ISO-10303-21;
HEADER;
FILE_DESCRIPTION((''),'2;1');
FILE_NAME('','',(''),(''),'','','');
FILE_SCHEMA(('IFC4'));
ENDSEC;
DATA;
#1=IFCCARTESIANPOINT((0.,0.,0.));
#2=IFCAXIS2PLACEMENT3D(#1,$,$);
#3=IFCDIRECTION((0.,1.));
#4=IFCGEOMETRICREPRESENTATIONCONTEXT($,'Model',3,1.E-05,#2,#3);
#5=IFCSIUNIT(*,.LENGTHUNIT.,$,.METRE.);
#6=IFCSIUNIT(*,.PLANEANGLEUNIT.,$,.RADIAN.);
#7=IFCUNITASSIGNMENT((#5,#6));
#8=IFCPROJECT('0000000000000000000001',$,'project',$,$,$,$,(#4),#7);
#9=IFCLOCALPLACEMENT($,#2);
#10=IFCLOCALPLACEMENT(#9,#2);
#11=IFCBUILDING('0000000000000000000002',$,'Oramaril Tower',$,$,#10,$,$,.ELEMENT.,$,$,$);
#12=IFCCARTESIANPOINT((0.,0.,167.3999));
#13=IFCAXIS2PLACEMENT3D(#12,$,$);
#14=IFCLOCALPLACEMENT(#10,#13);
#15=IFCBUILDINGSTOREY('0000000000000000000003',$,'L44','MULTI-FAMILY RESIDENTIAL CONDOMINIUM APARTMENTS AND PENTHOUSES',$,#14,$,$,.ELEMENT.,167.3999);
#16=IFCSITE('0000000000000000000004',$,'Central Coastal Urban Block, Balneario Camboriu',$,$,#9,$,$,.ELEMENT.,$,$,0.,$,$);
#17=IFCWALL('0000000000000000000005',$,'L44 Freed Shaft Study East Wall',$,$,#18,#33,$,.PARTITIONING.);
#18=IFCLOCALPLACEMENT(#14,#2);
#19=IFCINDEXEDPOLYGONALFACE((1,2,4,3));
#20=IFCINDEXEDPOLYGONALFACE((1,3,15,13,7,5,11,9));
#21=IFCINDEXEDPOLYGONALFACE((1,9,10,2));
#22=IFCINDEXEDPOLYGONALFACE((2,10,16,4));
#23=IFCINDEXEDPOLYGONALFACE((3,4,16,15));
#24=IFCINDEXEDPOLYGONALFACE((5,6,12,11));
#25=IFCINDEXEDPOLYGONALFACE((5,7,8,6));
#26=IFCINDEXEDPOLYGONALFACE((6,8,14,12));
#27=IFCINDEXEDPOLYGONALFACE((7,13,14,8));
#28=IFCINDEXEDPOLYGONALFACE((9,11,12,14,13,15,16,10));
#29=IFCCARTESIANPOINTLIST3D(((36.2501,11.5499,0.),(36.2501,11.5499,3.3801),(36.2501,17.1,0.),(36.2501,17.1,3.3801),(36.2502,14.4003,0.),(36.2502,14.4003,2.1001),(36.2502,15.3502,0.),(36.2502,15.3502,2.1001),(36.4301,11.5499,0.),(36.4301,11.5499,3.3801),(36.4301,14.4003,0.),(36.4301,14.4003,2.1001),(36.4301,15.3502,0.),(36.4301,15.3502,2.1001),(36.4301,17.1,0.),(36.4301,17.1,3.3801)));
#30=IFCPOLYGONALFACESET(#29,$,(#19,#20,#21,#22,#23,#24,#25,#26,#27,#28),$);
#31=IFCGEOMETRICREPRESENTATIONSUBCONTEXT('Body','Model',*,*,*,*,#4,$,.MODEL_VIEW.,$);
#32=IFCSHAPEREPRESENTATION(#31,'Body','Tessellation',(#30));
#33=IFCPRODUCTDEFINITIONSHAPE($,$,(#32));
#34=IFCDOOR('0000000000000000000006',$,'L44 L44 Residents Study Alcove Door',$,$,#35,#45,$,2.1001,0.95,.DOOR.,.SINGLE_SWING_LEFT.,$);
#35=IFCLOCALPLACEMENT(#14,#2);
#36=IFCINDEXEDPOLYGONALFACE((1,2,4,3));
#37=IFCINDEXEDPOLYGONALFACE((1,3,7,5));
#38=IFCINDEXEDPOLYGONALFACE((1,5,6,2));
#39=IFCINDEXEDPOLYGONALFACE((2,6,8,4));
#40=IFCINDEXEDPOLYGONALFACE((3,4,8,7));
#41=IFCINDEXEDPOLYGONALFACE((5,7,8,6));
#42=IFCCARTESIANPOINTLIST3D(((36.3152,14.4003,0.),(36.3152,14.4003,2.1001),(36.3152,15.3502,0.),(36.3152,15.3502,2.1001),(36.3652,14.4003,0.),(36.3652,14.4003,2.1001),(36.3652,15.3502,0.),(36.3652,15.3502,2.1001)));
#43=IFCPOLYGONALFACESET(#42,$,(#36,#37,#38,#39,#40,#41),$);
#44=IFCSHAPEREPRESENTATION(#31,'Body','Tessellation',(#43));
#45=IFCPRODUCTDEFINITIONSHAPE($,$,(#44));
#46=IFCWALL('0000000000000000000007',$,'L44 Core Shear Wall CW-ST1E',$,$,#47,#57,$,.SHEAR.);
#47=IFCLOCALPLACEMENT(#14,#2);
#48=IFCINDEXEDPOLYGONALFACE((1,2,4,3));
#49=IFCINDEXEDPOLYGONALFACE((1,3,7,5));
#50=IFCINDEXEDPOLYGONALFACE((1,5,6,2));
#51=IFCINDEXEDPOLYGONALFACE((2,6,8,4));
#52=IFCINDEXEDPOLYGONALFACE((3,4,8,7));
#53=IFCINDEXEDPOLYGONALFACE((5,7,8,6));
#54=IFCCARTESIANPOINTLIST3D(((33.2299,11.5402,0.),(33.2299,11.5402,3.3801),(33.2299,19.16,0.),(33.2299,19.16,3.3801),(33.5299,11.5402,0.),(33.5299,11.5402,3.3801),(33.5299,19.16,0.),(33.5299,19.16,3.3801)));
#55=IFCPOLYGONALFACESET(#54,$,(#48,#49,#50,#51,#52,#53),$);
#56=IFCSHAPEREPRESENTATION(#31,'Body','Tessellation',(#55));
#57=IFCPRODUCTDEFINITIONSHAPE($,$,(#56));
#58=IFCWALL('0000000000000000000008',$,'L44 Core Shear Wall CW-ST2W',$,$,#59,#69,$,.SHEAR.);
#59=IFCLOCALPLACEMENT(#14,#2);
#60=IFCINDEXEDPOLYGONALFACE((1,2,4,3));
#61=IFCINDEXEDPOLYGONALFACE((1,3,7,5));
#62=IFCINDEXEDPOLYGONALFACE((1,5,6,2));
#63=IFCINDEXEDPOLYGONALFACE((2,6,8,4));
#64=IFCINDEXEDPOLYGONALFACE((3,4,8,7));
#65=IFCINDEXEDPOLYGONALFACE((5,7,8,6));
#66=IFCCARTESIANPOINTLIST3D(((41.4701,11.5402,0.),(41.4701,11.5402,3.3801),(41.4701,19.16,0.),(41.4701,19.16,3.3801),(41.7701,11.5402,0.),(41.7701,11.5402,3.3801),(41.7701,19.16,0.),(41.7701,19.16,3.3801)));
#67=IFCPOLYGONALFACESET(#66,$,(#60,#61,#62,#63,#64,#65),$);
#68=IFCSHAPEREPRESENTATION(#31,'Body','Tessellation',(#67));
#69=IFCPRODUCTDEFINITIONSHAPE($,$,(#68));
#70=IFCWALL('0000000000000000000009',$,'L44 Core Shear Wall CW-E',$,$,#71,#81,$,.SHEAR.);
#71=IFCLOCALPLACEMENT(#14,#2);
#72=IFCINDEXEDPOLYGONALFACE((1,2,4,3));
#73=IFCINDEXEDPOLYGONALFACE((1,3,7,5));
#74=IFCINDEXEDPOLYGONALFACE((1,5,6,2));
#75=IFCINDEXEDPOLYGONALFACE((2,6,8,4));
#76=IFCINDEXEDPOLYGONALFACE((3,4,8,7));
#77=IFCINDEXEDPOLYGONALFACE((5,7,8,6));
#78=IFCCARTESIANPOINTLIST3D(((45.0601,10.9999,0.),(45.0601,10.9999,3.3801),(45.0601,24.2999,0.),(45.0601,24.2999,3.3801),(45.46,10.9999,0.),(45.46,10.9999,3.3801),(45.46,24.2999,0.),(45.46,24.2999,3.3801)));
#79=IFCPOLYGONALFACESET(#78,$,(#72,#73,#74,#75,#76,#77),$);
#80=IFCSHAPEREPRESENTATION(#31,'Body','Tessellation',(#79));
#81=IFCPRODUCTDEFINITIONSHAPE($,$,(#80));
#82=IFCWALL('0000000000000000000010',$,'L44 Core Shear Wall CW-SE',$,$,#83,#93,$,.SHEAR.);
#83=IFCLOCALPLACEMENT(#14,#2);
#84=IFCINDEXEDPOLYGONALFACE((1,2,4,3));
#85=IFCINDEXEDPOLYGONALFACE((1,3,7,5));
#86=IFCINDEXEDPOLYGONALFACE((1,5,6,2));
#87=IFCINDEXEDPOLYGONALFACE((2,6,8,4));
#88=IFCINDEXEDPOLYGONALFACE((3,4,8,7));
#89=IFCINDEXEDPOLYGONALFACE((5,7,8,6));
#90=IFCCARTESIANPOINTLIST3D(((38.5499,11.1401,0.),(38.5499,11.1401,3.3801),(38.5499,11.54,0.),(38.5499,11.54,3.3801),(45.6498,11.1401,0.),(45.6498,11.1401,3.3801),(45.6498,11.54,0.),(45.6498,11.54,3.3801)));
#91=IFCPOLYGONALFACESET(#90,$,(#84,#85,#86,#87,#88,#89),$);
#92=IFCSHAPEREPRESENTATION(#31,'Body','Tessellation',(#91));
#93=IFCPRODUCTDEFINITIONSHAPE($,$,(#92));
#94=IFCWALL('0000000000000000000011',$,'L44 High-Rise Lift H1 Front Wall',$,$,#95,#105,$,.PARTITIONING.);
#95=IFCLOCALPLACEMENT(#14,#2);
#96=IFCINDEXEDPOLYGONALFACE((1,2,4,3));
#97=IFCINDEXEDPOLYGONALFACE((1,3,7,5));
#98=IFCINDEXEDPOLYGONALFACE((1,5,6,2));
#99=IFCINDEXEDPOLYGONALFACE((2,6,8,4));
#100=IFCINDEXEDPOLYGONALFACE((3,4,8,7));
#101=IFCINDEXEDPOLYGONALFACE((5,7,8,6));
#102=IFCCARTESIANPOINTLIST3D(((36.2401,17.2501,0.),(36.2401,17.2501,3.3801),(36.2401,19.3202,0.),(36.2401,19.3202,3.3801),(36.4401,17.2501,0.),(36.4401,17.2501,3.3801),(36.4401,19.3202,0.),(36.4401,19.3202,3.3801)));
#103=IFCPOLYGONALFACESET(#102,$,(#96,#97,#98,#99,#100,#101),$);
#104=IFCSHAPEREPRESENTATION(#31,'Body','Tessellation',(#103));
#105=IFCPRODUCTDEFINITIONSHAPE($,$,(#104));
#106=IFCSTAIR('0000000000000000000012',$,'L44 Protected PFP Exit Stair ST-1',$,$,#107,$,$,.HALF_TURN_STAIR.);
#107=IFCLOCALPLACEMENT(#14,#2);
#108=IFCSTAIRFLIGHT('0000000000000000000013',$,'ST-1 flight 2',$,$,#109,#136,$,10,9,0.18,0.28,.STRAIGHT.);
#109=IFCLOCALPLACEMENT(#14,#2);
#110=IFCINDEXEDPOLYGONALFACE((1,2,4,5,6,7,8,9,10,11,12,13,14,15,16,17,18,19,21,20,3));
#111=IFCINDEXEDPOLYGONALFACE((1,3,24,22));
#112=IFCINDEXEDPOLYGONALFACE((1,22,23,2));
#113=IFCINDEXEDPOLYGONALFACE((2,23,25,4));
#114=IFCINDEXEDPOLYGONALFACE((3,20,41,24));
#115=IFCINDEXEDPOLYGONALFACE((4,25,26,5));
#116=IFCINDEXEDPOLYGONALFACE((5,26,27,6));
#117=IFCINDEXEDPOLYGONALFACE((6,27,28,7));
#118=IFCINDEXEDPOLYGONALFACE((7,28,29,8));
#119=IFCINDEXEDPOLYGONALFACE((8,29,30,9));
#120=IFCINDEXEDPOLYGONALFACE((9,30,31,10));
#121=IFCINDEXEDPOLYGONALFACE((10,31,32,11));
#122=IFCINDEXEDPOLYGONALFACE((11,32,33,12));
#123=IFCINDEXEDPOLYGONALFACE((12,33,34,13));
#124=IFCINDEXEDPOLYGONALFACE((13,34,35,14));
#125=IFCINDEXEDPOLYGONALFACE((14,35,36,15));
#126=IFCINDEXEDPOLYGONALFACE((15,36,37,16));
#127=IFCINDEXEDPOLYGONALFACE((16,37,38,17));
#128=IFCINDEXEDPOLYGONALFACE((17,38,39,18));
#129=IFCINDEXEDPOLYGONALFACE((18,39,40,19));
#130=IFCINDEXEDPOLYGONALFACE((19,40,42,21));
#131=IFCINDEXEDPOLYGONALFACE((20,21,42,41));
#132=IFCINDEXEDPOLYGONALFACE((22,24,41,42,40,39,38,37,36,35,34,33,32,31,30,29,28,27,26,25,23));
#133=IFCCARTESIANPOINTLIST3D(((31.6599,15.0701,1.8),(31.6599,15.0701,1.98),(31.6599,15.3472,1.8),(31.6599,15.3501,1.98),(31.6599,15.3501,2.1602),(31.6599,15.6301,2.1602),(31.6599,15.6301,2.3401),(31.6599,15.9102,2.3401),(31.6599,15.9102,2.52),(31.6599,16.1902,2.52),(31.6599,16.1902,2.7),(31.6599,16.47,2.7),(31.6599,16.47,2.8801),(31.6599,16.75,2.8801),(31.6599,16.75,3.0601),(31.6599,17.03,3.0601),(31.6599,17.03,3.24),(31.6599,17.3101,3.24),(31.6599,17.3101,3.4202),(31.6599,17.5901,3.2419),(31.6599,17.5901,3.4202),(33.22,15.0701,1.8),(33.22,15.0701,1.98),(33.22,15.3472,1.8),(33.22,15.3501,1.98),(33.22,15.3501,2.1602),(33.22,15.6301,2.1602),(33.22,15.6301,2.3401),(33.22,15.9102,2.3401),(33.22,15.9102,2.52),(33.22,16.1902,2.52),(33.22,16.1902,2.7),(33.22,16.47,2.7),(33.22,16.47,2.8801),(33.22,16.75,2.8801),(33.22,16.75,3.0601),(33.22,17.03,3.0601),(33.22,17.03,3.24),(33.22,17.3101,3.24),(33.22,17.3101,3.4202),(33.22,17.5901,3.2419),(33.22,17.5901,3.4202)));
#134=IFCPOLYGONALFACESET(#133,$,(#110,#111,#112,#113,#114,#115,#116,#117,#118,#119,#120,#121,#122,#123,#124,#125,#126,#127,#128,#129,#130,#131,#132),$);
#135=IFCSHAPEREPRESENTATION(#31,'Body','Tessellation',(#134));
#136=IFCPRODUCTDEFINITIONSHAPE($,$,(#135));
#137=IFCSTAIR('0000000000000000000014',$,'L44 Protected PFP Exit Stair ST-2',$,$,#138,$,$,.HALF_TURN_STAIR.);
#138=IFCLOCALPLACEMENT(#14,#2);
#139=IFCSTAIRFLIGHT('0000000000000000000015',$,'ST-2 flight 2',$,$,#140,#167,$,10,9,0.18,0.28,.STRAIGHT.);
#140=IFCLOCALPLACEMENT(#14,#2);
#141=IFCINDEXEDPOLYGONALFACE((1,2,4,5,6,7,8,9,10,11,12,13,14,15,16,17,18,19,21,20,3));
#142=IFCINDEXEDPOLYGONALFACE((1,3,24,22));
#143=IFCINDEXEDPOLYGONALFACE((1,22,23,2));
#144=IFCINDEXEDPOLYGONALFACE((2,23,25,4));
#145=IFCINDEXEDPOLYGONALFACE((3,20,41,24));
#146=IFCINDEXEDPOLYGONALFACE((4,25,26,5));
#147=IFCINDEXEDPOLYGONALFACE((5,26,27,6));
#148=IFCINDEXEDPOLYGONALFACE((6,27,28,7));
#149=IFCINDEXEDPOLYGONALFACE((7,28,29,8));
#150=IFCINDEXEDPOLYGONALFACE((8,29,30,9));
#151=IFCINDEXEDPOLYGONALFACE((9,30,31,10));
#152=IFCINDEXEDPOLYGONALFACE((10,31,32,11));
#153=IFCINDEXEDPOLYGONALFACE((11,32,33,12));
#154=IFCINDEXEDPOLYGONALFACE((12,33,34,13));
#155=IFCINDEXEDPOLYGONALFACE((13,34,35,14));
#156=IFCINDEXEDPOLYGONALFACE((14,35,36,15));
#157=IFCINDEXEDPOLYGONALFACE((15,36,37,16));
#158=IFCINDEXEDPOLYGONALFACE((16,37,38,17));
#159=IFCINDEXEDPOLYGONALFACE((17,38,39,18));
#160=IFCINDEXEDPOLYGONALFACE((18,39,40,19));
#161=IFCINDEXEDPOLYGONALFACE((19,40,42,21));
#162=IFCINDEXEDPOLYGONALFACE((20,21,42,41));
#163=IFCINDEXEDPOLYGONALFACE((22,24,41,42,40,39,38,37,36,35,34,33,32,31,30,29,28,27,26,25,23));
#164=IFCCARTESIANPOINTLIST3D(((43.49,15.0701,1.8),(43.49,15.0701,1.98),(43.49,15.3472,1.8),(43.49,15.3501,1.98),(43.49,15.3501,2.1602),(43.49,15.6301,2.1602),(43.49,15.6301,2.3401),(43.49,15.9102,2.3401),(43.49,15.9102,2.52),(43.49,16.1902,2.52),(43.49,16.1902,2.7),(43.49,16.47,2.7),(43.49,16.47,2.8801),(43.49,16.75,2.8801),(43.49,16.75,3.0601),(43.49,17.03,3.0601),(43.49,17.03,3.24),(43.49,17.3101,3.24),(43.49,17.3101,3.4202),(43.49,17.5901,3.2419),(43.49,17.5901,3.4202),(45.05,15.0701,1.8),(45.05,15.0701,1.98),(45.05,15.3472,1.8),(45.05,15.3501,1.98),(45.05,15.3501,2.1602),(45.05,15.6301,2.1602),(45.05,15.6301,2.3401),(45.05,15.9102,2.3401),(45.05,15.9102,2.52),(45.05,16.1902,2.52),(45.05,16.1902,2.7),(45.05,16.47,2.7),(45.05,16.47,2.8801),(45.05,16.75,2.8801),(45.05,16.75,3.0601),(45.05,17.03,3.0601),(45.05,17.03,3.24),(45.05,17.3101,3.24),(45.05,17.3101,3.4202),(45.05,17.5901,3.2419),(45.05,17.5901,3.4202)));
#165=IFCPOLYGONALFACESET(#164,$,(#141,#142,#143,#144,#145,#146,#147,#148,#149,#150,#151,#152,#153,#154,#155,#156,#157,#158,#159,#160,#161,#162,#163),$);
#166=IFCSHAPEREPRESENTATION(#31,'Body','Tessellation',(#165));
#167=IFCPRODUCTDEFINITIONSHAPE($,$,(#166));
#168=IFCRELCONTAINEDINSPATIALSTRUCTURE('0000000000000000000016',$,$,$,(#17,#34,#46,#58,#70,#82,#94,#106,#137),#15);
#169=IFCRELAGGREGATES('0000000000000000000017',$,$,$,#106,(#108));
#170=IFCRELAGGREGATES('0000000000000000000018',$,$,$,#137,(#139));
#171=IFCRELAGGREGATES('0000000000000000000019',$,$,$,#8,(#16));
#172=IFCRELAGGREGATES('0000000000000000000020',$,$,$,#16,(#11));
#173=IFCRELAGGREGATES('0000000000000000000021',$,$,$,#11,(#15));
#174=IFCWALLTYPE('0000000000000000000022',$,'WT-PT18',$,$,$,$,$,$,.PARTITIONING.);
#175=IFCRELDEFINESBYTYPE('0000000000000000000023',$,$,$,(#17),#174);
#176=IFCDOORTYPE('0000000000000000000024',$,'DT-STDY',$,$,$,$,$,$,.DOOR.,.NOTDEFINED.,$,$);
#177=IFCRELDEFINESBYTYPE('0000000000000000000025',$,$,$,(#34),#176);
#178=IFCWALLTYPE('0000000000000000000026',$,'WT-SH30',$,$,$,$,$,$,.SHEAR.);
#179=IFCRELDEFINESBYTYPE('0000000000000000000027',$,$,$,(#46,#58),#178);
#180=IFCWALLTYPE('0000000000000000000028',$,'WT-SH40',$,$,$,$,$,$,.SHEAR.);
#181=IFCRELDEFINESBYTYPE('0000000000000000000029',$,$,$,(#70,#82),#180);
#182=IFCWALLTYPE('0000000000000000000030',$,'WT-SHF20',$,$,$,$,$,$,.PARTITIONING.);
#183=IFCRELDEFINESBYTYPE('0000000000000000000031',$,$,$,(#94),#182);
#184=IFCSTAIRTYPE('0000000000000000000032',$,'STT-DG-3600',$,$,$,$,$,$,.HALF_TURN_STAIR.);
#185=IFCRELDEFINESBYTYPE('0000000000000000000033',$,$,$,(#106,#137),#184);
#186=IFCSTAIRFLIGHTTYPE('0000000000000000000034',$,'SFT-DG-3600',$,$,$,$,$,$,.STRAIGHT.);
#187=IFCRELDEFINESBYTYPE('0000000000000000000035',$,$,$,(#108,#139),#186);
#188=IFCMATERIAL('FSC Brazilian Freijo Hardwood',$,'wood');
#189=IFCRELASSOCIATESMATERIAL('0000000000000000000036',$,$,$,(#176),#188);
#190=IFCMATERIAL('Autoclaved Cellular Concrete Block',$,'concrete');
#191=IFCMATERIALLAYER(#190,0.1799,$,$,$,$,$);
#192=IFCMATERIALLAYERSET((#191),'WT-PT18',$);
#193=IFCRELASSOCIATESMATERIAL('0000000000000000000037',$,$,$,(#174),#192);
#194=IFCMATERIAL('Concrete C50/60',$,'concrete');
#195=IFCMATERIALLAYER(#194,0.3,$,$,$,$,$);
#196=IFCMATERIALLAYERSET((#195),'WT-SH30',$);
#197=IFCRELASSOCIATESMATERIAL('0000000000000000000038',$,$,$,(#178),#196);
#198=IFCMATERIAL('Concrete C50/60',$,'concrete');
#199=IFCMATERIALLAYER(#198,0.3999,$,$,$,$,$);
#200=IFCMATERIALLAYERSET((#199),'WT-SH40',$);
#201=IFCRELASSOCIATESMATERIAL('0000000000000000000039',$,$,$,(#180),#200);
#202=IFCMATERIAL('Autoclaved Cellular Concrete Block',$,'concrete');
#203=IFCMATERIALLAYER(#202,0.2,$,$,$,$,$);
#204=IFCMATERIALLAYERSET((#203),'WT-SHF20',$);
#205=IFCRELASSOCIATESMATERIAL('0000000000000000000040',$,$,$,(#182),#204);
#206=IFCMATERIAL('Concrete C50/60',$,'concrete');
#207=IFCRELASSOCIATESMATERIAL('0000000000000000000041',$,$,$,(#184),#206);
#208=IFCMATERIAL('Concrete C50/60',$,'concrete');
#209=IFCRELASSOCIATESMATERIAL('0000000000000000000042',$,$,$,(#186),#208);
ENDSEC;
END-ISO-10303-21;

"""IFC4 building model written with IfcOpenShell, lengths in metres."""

from ifc_helpers import new_model, si_unit, direction, frame, frame_2d, origin, place, context, subcontext, project, spatial, polyline, rectangle, outline, extrude, material, layer, layer_set, type_object, element, fill, aggregate, save


model = new_model("IFC4")

# Units and contexts
model_context = context("Model", 3, precision=1e-05, world=origin(), true_north=direction((0.0, 1.0)))
body_context = subcontext(model_context, "Body", "Model", "MODEL_VIEW")
ifc_project = project(units=[si_unit("LENGTHUNIT", "METRE"), si_unit("PLANEANGLEUNIT", "RADIAN")], contexts=[model_context])

# Site, building, storey
site_placement = place(None, origin())
site = spatial("IfcSite", under=ifc_project, at=site_placement, Name="Central Coastal Urban Block, Balneario Camboriu", CompositionType="ELEMENT", RefElevation=0.0)
building_placement = place(site_placement, origin())
building = spatial("IfcBuilding", under=site, at=building_placement, Name="Oramaril Tower", CompositionType="ELEMENT")
storey_placement = place(building_placement, frame((0.0, 0.0, 167.3999)))
storey = spatial("IfcBuildingStorey", under=building, at=storey_placement, Name="L44", Description="MULTI-FAMILY RESIDENTIAL CONDOMINIUM APARTMENTS AND PENTHOUSES", CompositionType="ELEMENT", Elevation=167.3999)

# Shared definitions
ifc_material_1 = material(Name="FSC Brazilian Freijo Hardwood", Category="wood")
door_type_1 = type_object("IfcDoorType", Name="DT-STDY", OperationType="NOTDEFINED", PredefinedType="DOOR", material=ifc_material_1)

# Shared definitions
ifc_material_2 = material(Name="Autoclaved Cellular Concrete Block", Category="concrete")
ifc_layer_1 = layer(ifc_material_2, 0.1799)
ifc_layer_set_1 = layer_set([ifc_layer_1], Name="WT-PT18")
wall_type_1 = type_object("IfcWallType", Name="WT-PT18", PredefinedType="PARTITIONING", material=ifc_layer_set_1)

# Wall, opening, door
wall_1_placement = place(storey_placement, frame((36.3401, 11.55, 0.0), z_axis=(0.0, 0.0, 1.0), x_axis=(0.0, 1.0, 0.0)))
wall_1 = element("IfcWall", 1, at=wall_1_placement, inside=storey, type_object=wall_type_1, Name="L44 Freed Shaft Study East Wall", PredefinedType="PARTITIONING", context=body_context, shape_type="SweptSolid", body=[
    extrude(rectangle(XDim=5.55, YDim=0.1799, at=frame_2d((2.7749, 0.0))), origin(), (0.0, 0.0, 1.0), 3.3801),
])
opening_1_placement = place(wall_1_placement, frame((2.8501, 0.0, 0.0)))
opening_1 = element("IfcOpeningElement", 2, at=opening_1_placement, cuts=wall_1, PredefinedType="OPENING", context=body_context, shape_type="SweptSolid", body=[
    extrude(rectangle(XDim=0.95, YDim=2.1001, at=frame_2d((0.4751, 1.05))), frame((0.0, 0.0898, 0.0), z_axis=(0.0, -1.0, 0.0), x_axis=(1.0, 0.0, 0.0)), (0.0, 0.0, 1.0), 0.1799),
])
door_1_placement = place(opening_1_placement, origin())
door_1 = element("IfcDoor", 3, at=door_1_placement, inside=storey, type_object=door_type_1, Name="L44 L44 Residents Study Alcove Door", OperationType="SINGLE_SWING_LEFT", OverallHeight=2.1001, OverallWidth=0.95, PredefinedType="DOOR", context=body_context, shape_type="SweptSolid", body=[
    extrude(rectangle(XDim=0.95, YDim=2.1001, at=frame_2d((0.4751, 1.05))), frame((0.0, 0.0249, 0.0), z_axis=(0.0, -1.0, 0.0), x_axis=(1.0, 0.0, 0.0)), (0.0, 0.0, 1.0), 0.05),
])
fill(opening_1, door_1)

# Walls
ifc_material_3 = material(Name="Concrete C50/60", Category="concrete")
ifc_layer_2 = layer(ifc_material_3, 0.3)
ifc_layer_set_2 = layer_set([ifc_layer_2], Name="WT-SH30")
wall_type_2 = type_object("IfcWallType", Name="WT-SH30", PredefinedType="SHEAR", material=ifc_layer_set_2)
for number, where, z_axis, x_axis, name in (
    (4, (33.3799, 11.54, 0.0), (0.0, 0.0, 1.0), (0.0, 1.0, 0.0), "L44 Core Shear Wall CW-ST1E"),
    (5, (41.6201, 11.54, 0.0), (0.0, 0.0, 1.0), (0.0, 1.0, 0.0), "L44 Core Shear Wall CW-ST2W"),
):
    element("IfcWall", number, at=place(storey_placement, frame(where, z_axis=z_axis, x_axis=x_axis)), inside=storey, type_object=wall_type_2, Name=name, PredefinedType="SHEAR", context=body_context, shape_type="SweptSolid", body=[
        extrude(rectangle(XDim=7.6199, YDim=0.3, at=frame_2d((3.8101, 0.0))), origin(), (0.0, 0.0, 1.0), 3.3801),
    ])
ifc_material_4 = material(Name="Concrete C50/60", Category="concrete")
ifc_layer_3 = layer(ifc_material_4, 0.3999)
ifc_layer_set_3 = layer_set([ifc_layer_3], Name="WT-SH40")
wall_type_3 = type_object("IfcWallType", Name="WT-SH40", PredefinedType="SHEAR", material=ifc_layer_set_3)
wall_2_placement = place(storey_placement, frame((45.26, 11.0, 0.0), z_axis=(0.0, 0.0, 1.0), x_axis=(0.0, 1.0, 0.0)))
element("IfcWall", 6, at=wall_2_placement, inside=storey, type_object=wall_type_3, Name="L44 Core Shear Wall CW-E", PredefinedType="SHEAR", context=body_context, shape_type="SweptSolid", body=[
    extrude(rectangle(XDim=13.3, YDim=0.3999, at=frame_2d((6.6499, 0.0))), origin(), (0.0, 0.0, 1.0), 3.3801),
])
wall_3_placement = place(storey_placement, frame((38.55, 11.3401, 0.0), z_axis=(0.0, 0.0, 1.0), x_axis=(1.0, 0.0, 0.0)))
element("IfcWall", 7, at=wall_3_placement, inside=storey, type_object=wall_type_3, Name="L44 Core Shear Wall CW-SE", PredefinedType="SHEAR", context=body_context, shape_type="SweptSolid", body=[
    extrude(rectangle(XDim=7.0999, YDim=0.3999, at=frame_2d((3.5498, 0.0))), origin(), (0.0, 0.0, 1.0), 3.3801),
])
ifc_material_5 = material(Name="Autoclaved Cellular Concrete Block", Category="concrete")
ifc_layer_4 = layer(ifc_material_5, 0.2)
ifc_layer_set_4 = layer_set([ifc_layer_4], Name="WT-SHF20")
wall_type_4 = type_object("IfcWallType", Name="WT-SHF20", PredefinedType="PARTITIONING", material=ifc_layer_set_4)
wall_4_placement = place(storey_placement, frame((36.3401, 17.25, 0.0), z_axis=(0.0, 0.0, 1.0), x_axis=(0.0, 1.0, 0.0)))
element("IfcWall", 8, at=wall_4_placement, inside=storey, type_object=wall_type_4, Name="L44 High-Rise Lift H1 Front Wall", PredefinedType="PARTITIONING", context=body_context, shape_type="SweptSolid", body=[
    extrude(rectangle(XDim=2.0701, YDim=0.2, at=frame_2d((1.0352, 0.0))), origin(), (0.0, 0.0, 1.0), 3.3801),
])

# Stairs, stair flights
ifc_material_6 = material(Name="Concrete C50/60", Category="concrete")
stair_type = type_object("IfcStairType", Name="STT-DG-3600", PredefinedType="HALF_TURN_STAIR", material=ifc_material_6)
stair_1_placement = place(storey_placement, origin())
stair_1 = element("IfcStair", 9, at=stair_1_placement, inside=storey, type_object=stair_type, Name="L44 Protected PFP Exit Stair ST-1", PredefinedType="HALF_TURN_STAIR")
ifc_material_7 = material(Name="Concrete C50/60", Category="concrete")
stair_flight_type = type_object("IfcStairFlightType", Name="SFT-DG-3600", PredefinedType="STRAIGHT", material=ifc_material_7)
stair_flight_1_placement = place(storey_placement, frame((32.4399, 15.0701, 1.8), z_axis=(0.0, 0.0, 1.0), x_axis=(0.0, 1.0, 0.0)))
stair_flight_1 = element("IfcStairFlight", 10, at=stair_flight_1_placement, type_object=stair_flight_type, Name="ST-1 flight 2", NumberOfRisers=10, NumberOfTreads=9, PredefinedType="STRAIGHT", RiserHeight=0.18, TreadLength=0.28, context=body_context, shape_type="SweptSolid", body=[
    extrude(outline(polyline([(0.0, 0.0), (0.0, 0.1799), (0.28, 0.1799), (0.28, 0.3601), (0.5601, 0.3601), (0.5601, 0.54), (0.8401, 0.54), (0.8401, 0.72), (1.1201, 0.72), (1.1201, 0.8999), (1.3999, 0.8999), (1.3999, 1.0801), (1.6799, 1.0801), (1.6799, 1.26), (1.96, 1.26), (1.96, 1.4399), (2.24, 1.4399), (2.24, 1.6201), (2.52, 1.6201), (2.52, 1.8), (2.52, 1.4419), (0.2771, 0.0), (0.0, 0.0)])), frame((0.0, 0.78, 0.0), z_axis=(0.0, -1.0, 0.0), x_axis=(1.0, 0.0, 0.0)), (0.0, 0.0, 1.0), 1.5601),
])
aggregate(stair_1, [stair_flight_1])
stair_2_placement = place(storey_placement, origin())
stair_2 = element("IfcStair", 11, at=stair_2_placement, inside=storey, type_object=stair_type, Name="L44 Protected PFP Exit Stair ST-2", PredefinedType="HALF_TURN_STAIR")
stair_flight_2_placement = place(storey_placement, frame((44.27, 15.0701, 1.8), z_axis=(0.0, 0.0, 1.0), x_axis=(0.0, 1.0, 0.0)))
stair_flight_2 = element("IfcStairFlight", 12, at=stair_flight_2_placement, type_object=stair_flight_type, Name="ST-2 flight 2", NumberOfRisers=10, NumberOfTreads=9, PredefinedType="STRAIGHT", RiserHeight=0.18, TreadLength=0.28, context=body_context, shape_type="SweptSolid", body=[
    extrude(outline(polyline([(0.0, 0.0), (0.0, 0.1799), (0.28, 0.1799), (0.28, 0.3601), (0.5601, 0.3601), (0.5601, 0.54), (0.8401, 0.54), (0.8401, 0.72), (1.1201, 0.72), (1.1201, 0.8999), (1.3999, 0.8999), (1.3999, 1.0801), (1.6799, 1.0801), (1.6799, 1.26), (1.96, 1.26), (1.96, 1.4399), (2.24, 1.4399), (2.24, 1.6201), (2.52, 1.6201), (2.52, 1.8), (2.52, 1.4419), (0.2771, 0.0), (0.0, 0.0)])), frame((0.0, 0.78, 0.0), z_axis=(0.0, -1.0, 0.0), x_axis=(1.0, 0.0, 0.0)), (0.0, 0.0, 1.0), 1.5601),
])
aggregate(stair_2, [stair_flight_2])

save(model, "model.ifc")
